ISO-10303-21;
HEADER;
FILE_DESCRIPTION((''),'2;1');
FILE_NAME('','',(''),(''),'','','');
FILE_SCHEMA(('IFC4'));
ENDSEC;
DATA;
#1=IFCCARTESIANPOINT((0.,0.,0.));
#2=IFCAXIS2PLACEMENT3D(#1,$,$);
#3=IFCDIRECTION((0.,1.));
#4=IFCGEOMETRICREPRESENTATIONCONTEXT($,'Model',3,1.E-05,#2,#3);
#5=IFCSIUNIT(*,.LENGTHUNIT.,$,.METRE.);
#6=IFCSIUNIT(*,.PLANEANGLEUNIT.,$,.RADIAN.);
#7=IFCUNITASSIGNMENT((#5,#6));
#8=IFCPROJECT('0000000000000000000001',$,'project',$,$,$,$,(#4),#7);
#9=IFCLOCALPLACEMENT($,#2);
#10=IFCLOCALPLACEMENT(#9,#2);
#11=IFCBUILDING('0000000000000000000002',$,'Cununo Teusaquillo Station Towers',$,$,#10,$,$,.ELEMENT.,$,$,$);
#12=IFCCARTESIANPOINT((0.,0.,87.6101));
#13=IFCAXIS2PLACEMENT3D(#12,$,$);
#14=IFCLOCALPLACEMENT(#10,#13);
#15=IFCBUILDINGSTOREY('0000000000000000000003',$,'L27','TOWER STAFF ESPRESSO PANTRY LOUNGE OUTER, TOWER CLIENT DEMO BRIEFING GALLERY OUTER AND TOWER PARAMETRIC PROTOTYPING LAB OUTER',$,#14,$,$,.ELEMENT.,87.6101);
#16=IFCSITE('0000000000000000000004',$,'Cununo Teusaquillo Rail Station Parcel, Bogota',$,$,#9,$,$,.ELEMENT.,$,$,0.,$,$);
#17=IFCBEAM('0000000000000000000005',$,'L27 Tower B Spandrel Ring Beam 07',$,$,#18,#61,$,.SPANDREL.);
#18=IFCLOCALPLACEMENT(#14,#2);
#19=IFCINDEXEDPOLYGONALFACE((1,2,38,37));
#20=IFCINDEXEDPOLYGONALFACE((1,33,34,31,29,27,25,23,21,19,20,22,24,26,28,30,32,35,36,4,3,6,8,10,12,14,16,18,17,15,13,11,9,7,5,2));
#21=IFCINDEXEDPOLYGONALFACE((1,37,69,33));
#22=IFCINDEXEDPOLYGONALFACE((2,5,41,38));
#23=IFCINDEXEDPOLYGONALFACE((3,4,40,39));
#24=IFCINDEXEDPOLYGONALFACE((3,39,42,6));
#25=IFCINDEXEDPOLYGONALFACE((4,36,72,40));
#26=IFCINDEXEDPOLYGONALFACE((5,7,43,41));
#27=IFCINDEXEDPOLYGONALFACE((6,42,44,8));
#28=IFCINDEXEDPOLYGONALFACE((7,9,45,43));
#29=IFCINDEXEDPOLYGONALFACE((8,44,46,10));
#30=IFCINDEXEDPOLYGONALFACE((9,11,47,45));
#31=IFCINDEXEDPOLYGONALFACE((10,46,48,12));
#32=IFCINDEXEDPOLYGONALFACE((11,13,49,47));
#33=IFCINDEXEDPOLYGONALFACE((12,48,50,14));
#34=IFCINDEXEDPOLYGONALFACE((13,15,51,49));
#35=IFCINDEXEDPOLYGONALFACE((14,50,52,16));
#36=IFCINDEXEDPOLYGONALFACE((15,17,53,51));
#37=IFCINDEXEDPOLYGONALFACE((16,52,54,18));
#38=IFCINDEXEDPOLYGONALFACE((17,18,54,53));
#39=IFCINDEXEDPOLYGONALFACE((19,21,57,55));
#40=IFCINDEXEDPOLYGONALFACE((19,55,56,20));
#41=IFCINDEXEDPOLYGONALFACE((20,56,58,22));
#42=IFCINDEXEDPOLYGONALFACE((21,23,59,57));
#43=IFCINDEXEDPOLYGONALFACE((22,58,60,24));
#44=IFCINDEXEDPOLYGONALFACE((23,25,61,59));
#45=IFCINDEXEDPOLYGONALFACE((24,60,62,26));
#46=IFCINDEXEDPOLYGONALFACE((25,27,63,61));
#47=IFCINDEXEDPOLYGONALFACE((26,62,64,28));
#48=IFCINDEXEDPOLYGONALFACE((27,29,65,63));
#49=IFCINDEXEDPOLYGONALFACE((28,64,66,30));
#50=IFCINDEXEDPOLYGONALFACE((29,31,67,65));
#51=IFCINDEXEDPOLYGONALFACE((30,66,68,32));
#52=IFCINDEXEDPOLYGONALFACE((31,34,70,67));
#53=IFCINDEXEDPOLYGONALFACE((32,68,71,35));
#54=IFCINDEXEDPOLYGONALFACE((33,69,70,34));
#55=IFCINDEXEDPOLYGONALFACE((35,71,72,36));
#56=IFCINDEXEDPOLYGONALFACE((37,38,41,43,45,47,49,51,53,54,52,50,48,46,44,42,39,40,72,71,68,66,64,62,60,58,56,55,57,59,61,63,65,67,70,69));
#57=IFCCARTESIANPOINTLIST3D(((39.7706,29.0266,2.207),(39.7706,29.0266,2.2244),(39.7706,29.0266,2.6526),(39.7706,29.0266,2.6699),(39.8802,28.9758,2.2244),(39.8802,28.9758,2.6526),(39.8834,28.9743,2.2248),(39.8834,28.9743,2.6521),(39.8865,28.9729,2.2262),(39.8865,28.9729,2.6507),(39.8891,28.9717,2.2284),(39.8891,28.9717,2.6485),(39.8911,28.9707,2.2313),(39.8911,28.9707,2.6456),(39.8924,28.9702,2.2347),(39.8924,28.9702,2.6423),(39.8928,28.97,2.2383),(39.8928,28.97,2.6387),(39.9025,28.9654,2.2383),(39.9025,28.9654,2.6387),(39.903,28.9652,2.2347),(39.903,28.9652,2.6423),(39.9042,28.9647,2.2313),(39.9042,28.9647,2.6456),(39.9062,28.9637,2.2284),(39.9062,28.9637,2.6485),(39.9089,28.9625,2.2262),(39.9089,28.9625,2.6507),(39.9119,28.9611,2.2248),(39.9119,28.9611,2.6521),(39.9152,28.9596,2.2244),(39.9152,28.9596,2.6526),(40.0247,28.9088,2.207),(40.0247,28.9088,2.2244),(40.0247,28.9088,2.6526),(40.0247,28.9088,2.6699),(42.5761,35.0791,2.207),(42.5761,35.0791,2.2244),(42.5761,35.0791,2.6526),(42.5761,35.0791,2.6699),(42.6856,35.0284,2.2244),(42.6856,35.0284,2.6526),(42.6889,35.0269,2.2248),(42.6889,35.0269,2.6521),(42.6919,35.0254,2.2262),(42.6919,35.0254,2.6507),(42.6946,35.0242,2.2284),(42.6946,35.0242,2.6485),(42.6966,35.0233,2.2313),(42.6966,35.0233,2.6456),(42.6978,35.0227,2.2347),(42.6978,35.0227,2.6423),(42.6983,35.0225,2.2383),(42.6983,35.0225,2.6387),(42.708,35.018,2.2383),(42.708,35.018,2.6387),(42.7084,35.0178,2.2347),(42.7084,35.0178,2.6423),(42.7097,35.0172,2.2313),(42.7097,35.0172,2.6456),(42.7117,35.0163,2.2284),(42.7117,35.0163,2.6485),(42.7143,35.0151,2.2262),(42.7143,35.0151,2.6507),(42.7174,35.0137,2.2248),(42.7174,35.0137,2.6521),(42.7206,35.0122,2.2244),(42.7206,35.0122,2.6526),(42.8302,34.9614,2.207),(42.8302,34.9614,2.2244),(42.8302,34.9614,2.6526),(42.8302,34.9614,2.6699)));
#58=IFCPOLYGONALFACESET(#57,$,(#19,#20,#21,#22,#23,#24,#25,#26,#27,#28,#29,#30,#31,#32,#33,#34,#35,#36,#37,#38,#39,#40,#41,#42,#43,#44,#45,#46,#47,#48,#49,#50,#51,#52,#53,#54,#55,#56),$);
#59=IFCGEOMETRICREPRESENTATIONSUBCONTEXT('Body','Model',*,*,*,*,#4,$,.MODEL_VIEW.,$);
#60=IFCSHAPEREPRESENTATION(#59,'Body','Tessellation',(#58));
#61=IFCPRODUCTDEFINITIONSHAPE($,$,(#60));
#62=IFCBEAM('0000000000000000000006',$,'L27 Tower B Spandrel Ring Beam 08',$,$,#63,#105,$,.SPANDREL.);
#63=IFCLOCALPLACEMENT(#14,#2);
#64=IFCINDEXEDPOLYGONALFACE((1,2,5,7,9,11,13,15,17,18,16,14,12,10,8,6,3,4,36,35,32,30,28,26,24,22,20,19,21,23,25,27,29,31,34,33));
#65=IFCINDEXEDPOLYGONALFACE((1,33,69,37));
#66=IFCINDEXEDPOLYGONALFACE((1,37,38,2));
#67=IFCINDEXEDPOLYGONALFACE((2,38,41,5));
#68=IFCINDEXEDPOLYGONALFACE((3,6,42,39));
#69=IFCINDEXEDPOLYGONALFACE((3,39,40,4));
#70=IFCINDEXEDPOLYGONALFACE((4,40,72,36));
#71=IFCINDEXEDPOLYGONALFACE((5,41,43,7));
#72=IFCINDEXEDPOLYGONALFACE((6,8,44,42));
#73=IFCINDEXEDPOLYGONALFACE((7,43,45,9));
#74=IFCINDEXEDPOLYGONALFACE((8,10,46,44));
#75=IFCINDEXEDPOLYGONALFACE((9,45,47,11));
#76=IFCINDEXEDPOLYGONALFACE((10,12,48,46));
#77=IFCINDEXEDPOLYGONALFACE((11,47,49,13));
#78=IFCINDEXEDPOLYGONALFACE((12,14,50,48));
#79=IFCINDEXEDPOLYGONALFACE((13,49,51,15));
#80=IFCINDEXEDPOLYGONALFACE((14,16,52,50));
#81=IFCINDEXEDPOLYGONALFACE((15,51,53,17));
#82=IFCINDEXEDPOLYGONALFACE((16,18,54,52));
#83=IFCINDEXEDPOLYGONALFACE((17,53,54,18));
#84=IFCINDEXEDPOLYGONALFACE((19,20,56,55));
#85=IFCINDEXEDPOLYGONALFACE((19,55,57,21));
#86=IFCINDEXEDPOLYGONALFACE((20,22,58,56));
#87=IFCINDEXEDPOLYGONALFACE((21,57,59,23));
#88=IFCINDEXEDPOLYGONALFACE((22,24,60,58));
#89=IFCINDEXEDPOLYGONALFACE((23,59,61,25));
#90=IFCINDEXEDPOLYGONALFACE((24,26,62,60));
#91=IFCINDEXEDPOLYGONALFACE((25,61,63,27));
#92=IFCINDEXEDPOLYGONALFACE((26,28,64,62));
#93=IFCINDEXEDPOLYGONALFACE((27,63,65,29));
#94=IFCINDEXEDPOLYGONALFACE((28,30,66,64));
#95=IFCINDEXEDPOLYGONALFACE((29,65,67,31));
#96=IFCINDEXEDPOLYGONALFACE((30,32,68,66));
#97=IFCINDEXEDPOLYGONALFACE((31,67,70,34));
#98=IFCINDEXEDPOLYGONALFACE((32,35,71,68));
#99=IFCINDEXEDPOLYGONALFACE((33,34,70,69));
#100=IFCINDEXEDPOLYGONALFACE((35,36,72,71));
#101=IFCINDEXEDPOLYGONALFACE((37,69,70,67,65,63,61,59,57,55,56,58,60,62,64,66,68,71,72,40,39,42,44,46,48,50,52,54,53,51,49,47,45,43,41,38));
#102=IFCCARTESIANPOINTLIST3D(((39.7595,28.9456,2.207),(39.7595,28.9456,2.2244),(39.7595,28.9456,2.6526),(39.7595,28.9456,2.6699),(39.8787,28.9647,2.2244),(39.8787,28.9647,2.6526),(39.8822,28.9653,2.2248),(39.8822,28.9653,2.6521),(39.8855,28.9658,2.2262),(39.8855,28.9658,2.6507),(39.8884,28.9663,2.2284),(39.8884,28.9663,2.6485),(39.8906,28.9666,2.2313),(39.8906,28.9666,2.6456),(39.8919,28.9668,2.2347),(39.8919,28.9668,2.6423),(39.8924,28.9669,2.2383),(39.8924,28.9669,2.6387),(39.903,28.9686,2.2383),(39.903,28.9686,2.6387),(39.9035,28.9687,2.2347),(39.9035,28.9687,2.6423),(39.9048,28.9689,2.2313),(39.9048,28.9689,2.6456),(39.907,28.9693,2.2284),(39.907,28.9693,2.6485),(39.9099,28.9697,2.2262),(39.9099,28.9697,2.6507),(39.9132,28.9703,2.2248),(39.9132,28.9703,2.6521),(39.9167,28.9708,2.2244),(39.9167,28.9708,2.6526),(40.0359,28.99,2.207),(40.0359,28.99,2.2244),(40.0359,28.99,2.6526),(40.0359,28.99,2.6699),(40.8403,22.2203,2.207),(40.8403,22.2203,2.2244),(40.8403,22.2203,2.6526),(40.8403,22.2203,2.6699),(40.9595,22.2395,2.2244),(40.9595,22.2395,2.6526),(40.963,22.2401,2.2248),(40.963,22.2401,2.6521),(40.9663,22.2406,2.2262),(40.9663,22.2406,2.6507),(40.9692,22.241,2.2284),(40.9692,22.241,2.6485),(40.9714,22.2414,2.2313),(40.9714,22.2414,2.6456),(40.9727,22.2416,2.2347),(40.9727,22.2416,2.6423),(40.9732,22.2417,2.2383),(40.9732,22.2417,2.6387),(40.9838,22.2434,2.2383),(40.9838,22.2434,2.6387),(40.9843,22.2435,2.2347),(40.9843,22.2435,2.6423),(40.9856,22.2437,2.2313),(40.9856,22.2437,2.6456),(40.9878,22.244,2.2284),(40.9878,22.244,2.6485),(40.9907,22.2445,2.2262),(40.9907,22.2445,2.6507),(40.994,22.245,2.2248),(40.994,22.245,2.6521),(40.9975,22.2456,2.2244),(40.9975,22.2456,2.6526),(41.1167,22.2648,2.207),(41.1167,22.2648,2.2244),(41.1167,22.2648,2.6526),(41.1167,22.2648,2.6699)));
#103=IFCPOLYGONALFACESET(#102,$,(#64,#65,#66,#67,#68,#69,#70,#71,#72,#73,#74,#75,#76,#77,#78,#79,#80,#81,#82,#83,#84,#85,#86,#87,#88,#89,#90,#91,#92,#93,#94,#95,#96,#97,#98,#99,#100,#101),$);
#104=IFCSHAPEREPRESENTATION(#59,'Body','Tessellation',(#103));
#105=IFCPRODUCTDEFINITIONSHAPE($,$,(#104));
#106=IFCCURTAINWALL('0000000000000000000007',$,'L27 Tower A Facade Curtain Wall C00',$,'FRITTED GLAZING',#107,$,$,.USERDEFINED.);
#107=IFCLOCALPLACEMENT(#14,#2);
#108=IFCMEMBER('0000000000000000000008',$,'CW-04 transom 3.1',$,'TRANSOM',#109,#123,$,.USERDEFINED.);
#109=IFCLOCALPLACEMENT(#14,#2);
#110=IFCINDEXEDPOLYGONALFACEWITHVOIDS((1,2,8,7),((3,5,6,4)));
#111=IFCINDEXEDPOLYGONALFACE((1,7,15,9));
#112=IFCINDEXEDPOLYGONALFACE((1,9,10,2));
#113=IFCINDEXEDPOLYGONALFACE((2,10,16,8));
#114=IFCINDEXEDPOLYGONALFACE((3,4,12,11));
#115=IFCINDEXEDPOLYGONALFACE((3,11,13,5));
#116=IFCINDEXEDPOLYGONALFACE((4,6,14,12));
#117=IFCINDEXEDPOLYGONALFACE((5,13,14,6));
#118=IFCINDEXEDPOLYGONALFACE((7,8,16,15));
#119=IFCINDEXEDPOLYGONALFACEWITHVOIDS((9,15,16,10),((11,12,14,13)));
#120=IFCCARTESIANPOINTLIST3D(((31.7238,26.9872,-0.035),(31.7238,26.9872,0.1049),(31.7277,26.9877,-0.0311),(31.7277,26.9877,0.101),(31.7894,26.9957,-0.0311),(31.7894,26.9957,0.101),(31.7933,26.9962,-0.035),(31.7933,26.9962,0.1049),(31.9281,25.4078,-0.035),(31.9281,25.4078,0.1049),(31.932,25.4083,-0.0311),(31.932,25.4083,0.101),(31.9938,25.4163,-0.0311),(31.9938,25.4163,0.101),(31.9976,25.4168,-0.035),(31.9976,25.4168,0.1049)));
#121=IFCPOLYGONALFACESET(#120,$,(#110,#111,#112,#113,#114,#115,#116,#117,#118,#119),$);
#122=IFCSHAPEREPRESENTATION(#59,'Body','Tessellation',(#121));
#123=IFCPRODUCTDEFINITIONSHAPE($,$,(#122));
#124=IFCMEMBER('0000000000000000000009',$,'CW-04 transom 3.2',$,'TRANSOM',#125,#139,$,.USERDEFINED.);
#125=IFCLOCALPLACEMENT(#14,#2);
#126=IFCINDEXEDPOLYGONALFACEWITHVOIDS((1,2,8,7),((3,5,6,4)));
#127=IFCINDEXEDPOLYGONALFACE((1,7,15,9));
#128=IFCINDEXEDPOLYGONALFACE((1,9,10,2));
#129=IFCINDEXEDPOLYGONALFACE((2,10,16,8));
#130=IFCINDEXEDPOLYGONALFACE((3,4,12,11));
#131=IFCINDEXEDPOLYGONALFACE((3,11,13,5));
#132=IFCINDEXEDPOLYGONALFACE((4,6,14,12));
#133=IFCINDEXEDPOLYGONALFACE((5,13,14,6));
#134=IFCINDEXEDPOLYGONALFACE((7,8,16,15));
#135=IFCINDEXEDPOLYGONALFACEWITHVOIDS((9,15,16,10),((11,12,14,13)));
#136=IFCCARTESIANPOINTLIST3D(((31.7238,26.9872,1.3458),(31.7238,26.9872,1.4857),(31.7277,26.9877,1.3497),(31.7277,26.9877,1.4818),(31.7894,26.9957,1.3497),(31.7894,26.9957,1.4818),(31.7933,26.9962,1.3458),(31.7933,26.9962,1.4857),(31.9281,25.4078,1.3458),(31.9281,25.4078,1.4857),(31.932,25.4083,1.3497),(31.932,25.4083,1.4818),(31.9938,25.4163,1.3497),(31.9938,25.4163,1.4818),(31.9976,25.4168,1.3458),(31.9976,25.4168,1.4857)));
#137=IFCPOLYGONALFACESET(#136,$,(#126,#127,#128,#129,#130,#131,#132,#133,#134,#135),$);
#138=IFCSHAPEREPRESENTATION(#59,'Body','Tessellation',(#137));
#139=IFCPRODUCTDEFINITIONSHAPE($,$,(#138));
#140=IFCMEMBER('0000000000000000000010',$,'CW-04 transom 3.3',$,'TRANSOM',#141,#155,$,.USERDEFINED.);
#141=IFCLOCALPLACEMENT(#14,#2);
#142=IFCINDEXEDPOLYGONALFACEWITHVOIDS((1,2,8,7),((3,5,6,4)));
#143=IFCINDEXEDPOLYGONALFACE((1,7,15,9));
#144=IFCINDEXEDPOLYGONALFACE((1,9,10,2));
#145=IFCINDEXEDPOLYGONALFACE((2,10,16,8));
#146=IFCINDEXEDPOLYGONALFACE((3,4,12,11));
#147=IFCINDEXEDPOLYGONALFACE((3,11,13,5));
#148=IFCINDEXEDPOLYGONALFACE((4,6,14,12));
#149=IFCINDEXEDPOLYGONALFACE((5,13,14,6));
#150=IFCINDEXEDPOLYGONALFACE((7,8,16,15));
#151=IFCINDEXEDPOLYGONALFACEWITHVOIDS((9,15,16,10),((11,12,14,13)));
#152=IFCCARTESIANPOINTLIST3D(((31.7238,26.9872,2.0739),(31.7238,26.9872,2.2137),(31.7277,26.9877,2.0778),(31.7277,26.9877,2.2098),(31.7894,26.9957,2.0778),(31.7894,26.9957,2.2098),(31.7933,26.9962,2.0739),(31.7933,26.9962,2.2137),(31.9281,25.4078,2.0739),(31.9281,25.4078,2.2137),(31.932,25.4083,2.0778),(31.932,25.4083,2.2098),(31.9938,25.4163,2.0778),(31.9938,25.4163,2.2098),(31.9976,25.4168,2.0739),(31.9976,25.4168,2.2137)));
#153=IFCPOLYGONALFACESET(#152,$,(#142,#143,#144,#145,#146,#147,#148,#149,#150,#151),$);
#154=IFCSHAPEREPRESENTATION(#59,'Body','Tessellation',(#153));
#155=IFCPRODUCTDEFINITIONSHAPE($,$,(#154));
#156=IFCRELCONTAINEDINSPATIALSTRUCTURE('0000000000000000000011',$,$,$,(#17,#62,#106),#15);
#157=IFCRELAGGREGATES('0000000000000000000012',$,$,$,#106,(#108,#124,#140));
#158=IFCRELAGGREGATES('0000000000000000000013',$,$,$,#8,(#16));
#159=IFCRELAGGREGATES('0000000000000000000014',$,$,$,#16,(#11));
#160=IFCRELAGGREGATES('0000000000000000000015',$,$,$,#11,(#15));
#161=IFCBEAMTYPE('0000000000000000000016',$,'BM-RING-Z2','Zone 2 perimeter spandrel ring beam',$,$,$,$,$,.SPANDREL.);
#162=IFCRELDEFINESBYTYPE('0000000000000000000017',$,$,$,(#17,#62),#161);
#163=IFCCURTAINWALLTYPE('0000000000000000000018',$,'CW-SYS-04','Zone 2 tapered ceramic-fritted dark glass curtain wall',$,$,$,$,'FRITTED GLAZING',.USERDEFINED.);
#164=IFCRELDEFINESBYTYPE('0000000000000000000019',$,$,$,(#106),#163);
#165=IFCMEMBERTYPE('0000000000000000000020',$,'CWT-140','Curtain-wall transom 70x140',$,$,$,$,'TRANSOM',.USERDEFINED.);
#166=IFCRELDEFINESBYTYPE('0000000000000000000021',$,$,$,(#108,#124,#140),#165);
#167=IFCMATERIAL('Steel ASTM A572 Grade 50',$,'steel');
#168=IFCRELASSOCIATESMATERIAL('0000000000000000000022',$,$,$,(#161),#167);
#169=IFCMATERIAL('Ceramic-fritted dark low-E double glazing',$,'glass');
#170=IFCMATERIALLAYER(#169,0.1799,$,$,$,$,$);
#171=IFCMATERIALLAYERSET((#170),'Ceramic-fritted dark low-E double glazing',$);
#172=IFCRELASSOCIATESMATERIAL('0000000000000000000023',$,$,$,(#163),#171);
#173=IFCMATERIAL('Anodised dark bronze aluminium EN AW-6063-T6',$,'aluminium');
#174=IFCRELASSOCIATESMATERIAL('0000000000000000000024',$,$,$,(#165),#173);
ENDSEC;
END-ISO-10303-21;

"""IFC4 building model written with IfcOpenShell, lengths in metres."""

from ifc_helpers import new_model, si_unit, direction, frame, origin, origin_2d, place, context, subcontext, project, spatial, hollow_rectangle, i_section, extrude, material, layer, layer_set, material_profile, profile_set, type_object, element, aggregate, save


model = new_model("IFC4")

# Units and contexts
model_context = context("Model", 3, precision=1e-05, world=origin(), true_north=direction((0.0, 1.0)))
body_context = subcontext(model_context, "Body", "Model", "MODEL_VIEW")
ifc_project = project(units=[si_unit("LENGTHUNIT", "METRE"), si_unit("PLANEANGLEUNIT", "RADIAN")], contexts=[model_context])

# Site, building, storey
site_placement = place(None, origin())
site = spatial("IfcSite", under=ifc_project, at=site_placement, Name="Cununo Teusaquillo Rail Station Parcel, Bogota", CompositionType="ELEMENT", RefElevation=0.0)
building_placement = place(site_placement, origin())
building = spatial("IfcBuilding", under=site, at=building_placement, Name="Cununo Teusaquillo Station Towers", CompositionType="ELEMENT")
storey_placement = place(building_placement, frame((0.0, 0.0, 87.6101)))
storey = spatial("IfcBuildingStorey", under=building, at=storey_placement, Name="L27", Description="TOWER STAFF ESPRESSO PANTRY LOUNGE OUTER, TOWER CLIENT DEMO BRIEFING GALLERY OUTER AND TOWER PARAMETRIC PROTOTYPING LAB OUTER", CompositionType="ELEMENT", Elevation=87.6101)

# Beams
ifc_material_1 = material(Name="Steel ASTM A572 Grade 50", Category="steel")
ifc_material_profile_1 = material_profile(ifc_material_1, i_section(OverallWidth=0.28, OverallDepth=0.4629, WebThickness=0.0107, FlangeThickness=0.0173, FilletRadius=0.0139, at=origin_2d()), Name="W18X76")
ifc_profile_set_1 = profile_set([ifc_material_profile_1], Name="Steel ASTM A572 Grade 50")
beam_type_1 = type_object("IfcBeamType", Name="BM-RING-Z2", Description="Zone 2 perimeter spandrel ring beam", PredefinedType="SPANDREL", material=ifc_profile_set_1)
beam_1_placement = place(storey_placement, frame((42.7031, 35.0203, 2.4385), z_axis=(-0.420536, -0.907276, 0.0), x_axis=(0.907276, -0.420536, 0.0)))
element("IfcBeam", 1, at=beam_1_placement, inside=storey, type_object=beam_type_1, Name="L27 Tower B Spandrel Ring Beam 07", PredefinedType="SPANDREL", context=body_context, shape_type="SweptSolid", body=[
    extrude(i_section(OverallWidth=0.28, OverallDepth=0.4629, WebThickness=0.0107, FlangeThickness=0.0173, FilletRadius=0.0139, at=origin_2d()), origin(), (0.0, 0.0, 1.0), 6.6711),
])
beam_2_placement = place(storey_placement, frame((39.8977, 28.9678, 2.4385), z_axis=(0.158671, -0.987331, 0.0), x_axis=(0.987331, 0.158671, 0.0)))
element("IfcBeam", 2, at=beam_2_placement, inside=storey, type_object=beam_type_1, Name="L27 Tower B Spandrel Ring Beam 08", PredefinedType="SPANDREL", context=body_context, shape_type="SweptSolid", body=[
    extrude(i_section(OverallWidth=0.28, OverallDepth=0.4629, WebThickness=0.0107, FlangeThickness=0.0173, FilletRadius=0.0139, at=origin_2d()), origin(), (0.0, 0.0, 1.0), 6.8115),
])

# Curtain wall, members
ifc_material_2 = material(Name="Ceramic-fritted dark low-E double glazing", Category="glass")
ifc_layer_1 = layer(ifc_material_2, 0.1799)
ifc_layer_set_1 = layer_set([ifc_layer_1], Name="Ceramic-fritted dark low-E double glazing")
curtain_wall_type = type_object("IfcCurtainWallType", Name="CW-SYS-04", Description="Zone 2 tapered ceramic-fritted dark glass curtain wall", ElementType="FRITTED GLAZING", PredefinedType="USERDEFINED", material=ifc_layer_set_1)
curtain_wall_placement = place(storey_placement, origin())
curtain_wall = element("IfcCurtainWall", 3, at=curtain_wall_placement, inside=storey, type_object=curtain_wall_type, Name="L27 Tower A Facade Curtain Wall C00", ObjectType="FRITTED GLAZING", PredefinedType="USERDEFINED")
ifc_material_3 = material(Name="Anodised dark bronze aluminium EN AW-6063-T6", Category="aluminium")
ifc_material_profile_2 = material_profile(ifc_material_3, hollow_rectangle(XDim=0.0701, YDim=0.1399, WallThickness=0.0039, at=origin_2d()), Name="CW-TRAN-70x140")
ifc_profile_set_2 = profile_set([ifc_material_profile_2], Name="Anodised dark bronze aluminium EN AW-6063-T6")
member_type_1 = type_object("IfcMemberType", Name="CWT-140", Description="Curtain-wall transom 70x140", ElementType="TRANSOM", PredefinedType="USERDEFINED", material=ifc_profile_set_2)
member_1_placement = place(storey_placement, frame((31.7585, 26.9917, 0.0349), z_axis=(0.128317, -0.991733, 0.0), x_axis=(0.991733, 0.128317, 0.0)))
member_1 = element("IfcMember", 4, at=member_1_placement, type_object=member_type_1, Name="CW-04 transom 3.1", ObjectType="TRANSOM", PredefinedType="USERDEFINED", context=body_context, shape_type="SweptSolid", body=[
    extrude(hollow_rectangle(XDim=0.0701, YDim=0.1399, WallThickness=0.0039, at=origin_2d()), origin(), (0.0, 0.0, 1.0), 1.5925),
])
member_2_placement = place(storey_placement, frame((31.7585, 26.9917, 1.4158), z_axis=(0.128317, -0.991733, 0.0), x_axis=(0.991733, 0.128317, 0.0)))
member_2 = element("IfcMember", 5, at=member_2_placement, type_object=member_type_1, Name="CW-04 transom 3.2", ObjectType="TRANSOM", PredefinedType="USERDEFINED", context=body_context, shape_type="SweptSolid", body=[
    extrude(hollow_rectangle(XDim=0.0701, YDim=0.1399, WallThickness=0.0039, at=origin_2d()), origin(), (0.0, 0.0, 1.0), 1.5925),
])
member_3_placement = place(storey_placement, frame((31.7585, 26.9917, 2.1438), z_axis=(0.128317, -0.991733, 0.0), x_axis=(0.991733, 0.128317, 0.0)))
member_3 = element("IfcMember", 6, at=member_3_placement, type_object=member_type_1, Name="CW-04 transom 3.3", ObjectType="TRANSOM", PredefinedType="USERDEFINED", context=body_context, shape_type="SweptSolid", body=[
    extrude(hollow_rectangle(XDim=0.0701, YDim=0.1399, WallThickness=0.0039, at=origin_2d()), origin(), (0.0, 0.0, 1.0), 1.5925),
])

aggregate(curtain_wall, [member_1, member_2, member_3])

save(model, "model.ifc")
